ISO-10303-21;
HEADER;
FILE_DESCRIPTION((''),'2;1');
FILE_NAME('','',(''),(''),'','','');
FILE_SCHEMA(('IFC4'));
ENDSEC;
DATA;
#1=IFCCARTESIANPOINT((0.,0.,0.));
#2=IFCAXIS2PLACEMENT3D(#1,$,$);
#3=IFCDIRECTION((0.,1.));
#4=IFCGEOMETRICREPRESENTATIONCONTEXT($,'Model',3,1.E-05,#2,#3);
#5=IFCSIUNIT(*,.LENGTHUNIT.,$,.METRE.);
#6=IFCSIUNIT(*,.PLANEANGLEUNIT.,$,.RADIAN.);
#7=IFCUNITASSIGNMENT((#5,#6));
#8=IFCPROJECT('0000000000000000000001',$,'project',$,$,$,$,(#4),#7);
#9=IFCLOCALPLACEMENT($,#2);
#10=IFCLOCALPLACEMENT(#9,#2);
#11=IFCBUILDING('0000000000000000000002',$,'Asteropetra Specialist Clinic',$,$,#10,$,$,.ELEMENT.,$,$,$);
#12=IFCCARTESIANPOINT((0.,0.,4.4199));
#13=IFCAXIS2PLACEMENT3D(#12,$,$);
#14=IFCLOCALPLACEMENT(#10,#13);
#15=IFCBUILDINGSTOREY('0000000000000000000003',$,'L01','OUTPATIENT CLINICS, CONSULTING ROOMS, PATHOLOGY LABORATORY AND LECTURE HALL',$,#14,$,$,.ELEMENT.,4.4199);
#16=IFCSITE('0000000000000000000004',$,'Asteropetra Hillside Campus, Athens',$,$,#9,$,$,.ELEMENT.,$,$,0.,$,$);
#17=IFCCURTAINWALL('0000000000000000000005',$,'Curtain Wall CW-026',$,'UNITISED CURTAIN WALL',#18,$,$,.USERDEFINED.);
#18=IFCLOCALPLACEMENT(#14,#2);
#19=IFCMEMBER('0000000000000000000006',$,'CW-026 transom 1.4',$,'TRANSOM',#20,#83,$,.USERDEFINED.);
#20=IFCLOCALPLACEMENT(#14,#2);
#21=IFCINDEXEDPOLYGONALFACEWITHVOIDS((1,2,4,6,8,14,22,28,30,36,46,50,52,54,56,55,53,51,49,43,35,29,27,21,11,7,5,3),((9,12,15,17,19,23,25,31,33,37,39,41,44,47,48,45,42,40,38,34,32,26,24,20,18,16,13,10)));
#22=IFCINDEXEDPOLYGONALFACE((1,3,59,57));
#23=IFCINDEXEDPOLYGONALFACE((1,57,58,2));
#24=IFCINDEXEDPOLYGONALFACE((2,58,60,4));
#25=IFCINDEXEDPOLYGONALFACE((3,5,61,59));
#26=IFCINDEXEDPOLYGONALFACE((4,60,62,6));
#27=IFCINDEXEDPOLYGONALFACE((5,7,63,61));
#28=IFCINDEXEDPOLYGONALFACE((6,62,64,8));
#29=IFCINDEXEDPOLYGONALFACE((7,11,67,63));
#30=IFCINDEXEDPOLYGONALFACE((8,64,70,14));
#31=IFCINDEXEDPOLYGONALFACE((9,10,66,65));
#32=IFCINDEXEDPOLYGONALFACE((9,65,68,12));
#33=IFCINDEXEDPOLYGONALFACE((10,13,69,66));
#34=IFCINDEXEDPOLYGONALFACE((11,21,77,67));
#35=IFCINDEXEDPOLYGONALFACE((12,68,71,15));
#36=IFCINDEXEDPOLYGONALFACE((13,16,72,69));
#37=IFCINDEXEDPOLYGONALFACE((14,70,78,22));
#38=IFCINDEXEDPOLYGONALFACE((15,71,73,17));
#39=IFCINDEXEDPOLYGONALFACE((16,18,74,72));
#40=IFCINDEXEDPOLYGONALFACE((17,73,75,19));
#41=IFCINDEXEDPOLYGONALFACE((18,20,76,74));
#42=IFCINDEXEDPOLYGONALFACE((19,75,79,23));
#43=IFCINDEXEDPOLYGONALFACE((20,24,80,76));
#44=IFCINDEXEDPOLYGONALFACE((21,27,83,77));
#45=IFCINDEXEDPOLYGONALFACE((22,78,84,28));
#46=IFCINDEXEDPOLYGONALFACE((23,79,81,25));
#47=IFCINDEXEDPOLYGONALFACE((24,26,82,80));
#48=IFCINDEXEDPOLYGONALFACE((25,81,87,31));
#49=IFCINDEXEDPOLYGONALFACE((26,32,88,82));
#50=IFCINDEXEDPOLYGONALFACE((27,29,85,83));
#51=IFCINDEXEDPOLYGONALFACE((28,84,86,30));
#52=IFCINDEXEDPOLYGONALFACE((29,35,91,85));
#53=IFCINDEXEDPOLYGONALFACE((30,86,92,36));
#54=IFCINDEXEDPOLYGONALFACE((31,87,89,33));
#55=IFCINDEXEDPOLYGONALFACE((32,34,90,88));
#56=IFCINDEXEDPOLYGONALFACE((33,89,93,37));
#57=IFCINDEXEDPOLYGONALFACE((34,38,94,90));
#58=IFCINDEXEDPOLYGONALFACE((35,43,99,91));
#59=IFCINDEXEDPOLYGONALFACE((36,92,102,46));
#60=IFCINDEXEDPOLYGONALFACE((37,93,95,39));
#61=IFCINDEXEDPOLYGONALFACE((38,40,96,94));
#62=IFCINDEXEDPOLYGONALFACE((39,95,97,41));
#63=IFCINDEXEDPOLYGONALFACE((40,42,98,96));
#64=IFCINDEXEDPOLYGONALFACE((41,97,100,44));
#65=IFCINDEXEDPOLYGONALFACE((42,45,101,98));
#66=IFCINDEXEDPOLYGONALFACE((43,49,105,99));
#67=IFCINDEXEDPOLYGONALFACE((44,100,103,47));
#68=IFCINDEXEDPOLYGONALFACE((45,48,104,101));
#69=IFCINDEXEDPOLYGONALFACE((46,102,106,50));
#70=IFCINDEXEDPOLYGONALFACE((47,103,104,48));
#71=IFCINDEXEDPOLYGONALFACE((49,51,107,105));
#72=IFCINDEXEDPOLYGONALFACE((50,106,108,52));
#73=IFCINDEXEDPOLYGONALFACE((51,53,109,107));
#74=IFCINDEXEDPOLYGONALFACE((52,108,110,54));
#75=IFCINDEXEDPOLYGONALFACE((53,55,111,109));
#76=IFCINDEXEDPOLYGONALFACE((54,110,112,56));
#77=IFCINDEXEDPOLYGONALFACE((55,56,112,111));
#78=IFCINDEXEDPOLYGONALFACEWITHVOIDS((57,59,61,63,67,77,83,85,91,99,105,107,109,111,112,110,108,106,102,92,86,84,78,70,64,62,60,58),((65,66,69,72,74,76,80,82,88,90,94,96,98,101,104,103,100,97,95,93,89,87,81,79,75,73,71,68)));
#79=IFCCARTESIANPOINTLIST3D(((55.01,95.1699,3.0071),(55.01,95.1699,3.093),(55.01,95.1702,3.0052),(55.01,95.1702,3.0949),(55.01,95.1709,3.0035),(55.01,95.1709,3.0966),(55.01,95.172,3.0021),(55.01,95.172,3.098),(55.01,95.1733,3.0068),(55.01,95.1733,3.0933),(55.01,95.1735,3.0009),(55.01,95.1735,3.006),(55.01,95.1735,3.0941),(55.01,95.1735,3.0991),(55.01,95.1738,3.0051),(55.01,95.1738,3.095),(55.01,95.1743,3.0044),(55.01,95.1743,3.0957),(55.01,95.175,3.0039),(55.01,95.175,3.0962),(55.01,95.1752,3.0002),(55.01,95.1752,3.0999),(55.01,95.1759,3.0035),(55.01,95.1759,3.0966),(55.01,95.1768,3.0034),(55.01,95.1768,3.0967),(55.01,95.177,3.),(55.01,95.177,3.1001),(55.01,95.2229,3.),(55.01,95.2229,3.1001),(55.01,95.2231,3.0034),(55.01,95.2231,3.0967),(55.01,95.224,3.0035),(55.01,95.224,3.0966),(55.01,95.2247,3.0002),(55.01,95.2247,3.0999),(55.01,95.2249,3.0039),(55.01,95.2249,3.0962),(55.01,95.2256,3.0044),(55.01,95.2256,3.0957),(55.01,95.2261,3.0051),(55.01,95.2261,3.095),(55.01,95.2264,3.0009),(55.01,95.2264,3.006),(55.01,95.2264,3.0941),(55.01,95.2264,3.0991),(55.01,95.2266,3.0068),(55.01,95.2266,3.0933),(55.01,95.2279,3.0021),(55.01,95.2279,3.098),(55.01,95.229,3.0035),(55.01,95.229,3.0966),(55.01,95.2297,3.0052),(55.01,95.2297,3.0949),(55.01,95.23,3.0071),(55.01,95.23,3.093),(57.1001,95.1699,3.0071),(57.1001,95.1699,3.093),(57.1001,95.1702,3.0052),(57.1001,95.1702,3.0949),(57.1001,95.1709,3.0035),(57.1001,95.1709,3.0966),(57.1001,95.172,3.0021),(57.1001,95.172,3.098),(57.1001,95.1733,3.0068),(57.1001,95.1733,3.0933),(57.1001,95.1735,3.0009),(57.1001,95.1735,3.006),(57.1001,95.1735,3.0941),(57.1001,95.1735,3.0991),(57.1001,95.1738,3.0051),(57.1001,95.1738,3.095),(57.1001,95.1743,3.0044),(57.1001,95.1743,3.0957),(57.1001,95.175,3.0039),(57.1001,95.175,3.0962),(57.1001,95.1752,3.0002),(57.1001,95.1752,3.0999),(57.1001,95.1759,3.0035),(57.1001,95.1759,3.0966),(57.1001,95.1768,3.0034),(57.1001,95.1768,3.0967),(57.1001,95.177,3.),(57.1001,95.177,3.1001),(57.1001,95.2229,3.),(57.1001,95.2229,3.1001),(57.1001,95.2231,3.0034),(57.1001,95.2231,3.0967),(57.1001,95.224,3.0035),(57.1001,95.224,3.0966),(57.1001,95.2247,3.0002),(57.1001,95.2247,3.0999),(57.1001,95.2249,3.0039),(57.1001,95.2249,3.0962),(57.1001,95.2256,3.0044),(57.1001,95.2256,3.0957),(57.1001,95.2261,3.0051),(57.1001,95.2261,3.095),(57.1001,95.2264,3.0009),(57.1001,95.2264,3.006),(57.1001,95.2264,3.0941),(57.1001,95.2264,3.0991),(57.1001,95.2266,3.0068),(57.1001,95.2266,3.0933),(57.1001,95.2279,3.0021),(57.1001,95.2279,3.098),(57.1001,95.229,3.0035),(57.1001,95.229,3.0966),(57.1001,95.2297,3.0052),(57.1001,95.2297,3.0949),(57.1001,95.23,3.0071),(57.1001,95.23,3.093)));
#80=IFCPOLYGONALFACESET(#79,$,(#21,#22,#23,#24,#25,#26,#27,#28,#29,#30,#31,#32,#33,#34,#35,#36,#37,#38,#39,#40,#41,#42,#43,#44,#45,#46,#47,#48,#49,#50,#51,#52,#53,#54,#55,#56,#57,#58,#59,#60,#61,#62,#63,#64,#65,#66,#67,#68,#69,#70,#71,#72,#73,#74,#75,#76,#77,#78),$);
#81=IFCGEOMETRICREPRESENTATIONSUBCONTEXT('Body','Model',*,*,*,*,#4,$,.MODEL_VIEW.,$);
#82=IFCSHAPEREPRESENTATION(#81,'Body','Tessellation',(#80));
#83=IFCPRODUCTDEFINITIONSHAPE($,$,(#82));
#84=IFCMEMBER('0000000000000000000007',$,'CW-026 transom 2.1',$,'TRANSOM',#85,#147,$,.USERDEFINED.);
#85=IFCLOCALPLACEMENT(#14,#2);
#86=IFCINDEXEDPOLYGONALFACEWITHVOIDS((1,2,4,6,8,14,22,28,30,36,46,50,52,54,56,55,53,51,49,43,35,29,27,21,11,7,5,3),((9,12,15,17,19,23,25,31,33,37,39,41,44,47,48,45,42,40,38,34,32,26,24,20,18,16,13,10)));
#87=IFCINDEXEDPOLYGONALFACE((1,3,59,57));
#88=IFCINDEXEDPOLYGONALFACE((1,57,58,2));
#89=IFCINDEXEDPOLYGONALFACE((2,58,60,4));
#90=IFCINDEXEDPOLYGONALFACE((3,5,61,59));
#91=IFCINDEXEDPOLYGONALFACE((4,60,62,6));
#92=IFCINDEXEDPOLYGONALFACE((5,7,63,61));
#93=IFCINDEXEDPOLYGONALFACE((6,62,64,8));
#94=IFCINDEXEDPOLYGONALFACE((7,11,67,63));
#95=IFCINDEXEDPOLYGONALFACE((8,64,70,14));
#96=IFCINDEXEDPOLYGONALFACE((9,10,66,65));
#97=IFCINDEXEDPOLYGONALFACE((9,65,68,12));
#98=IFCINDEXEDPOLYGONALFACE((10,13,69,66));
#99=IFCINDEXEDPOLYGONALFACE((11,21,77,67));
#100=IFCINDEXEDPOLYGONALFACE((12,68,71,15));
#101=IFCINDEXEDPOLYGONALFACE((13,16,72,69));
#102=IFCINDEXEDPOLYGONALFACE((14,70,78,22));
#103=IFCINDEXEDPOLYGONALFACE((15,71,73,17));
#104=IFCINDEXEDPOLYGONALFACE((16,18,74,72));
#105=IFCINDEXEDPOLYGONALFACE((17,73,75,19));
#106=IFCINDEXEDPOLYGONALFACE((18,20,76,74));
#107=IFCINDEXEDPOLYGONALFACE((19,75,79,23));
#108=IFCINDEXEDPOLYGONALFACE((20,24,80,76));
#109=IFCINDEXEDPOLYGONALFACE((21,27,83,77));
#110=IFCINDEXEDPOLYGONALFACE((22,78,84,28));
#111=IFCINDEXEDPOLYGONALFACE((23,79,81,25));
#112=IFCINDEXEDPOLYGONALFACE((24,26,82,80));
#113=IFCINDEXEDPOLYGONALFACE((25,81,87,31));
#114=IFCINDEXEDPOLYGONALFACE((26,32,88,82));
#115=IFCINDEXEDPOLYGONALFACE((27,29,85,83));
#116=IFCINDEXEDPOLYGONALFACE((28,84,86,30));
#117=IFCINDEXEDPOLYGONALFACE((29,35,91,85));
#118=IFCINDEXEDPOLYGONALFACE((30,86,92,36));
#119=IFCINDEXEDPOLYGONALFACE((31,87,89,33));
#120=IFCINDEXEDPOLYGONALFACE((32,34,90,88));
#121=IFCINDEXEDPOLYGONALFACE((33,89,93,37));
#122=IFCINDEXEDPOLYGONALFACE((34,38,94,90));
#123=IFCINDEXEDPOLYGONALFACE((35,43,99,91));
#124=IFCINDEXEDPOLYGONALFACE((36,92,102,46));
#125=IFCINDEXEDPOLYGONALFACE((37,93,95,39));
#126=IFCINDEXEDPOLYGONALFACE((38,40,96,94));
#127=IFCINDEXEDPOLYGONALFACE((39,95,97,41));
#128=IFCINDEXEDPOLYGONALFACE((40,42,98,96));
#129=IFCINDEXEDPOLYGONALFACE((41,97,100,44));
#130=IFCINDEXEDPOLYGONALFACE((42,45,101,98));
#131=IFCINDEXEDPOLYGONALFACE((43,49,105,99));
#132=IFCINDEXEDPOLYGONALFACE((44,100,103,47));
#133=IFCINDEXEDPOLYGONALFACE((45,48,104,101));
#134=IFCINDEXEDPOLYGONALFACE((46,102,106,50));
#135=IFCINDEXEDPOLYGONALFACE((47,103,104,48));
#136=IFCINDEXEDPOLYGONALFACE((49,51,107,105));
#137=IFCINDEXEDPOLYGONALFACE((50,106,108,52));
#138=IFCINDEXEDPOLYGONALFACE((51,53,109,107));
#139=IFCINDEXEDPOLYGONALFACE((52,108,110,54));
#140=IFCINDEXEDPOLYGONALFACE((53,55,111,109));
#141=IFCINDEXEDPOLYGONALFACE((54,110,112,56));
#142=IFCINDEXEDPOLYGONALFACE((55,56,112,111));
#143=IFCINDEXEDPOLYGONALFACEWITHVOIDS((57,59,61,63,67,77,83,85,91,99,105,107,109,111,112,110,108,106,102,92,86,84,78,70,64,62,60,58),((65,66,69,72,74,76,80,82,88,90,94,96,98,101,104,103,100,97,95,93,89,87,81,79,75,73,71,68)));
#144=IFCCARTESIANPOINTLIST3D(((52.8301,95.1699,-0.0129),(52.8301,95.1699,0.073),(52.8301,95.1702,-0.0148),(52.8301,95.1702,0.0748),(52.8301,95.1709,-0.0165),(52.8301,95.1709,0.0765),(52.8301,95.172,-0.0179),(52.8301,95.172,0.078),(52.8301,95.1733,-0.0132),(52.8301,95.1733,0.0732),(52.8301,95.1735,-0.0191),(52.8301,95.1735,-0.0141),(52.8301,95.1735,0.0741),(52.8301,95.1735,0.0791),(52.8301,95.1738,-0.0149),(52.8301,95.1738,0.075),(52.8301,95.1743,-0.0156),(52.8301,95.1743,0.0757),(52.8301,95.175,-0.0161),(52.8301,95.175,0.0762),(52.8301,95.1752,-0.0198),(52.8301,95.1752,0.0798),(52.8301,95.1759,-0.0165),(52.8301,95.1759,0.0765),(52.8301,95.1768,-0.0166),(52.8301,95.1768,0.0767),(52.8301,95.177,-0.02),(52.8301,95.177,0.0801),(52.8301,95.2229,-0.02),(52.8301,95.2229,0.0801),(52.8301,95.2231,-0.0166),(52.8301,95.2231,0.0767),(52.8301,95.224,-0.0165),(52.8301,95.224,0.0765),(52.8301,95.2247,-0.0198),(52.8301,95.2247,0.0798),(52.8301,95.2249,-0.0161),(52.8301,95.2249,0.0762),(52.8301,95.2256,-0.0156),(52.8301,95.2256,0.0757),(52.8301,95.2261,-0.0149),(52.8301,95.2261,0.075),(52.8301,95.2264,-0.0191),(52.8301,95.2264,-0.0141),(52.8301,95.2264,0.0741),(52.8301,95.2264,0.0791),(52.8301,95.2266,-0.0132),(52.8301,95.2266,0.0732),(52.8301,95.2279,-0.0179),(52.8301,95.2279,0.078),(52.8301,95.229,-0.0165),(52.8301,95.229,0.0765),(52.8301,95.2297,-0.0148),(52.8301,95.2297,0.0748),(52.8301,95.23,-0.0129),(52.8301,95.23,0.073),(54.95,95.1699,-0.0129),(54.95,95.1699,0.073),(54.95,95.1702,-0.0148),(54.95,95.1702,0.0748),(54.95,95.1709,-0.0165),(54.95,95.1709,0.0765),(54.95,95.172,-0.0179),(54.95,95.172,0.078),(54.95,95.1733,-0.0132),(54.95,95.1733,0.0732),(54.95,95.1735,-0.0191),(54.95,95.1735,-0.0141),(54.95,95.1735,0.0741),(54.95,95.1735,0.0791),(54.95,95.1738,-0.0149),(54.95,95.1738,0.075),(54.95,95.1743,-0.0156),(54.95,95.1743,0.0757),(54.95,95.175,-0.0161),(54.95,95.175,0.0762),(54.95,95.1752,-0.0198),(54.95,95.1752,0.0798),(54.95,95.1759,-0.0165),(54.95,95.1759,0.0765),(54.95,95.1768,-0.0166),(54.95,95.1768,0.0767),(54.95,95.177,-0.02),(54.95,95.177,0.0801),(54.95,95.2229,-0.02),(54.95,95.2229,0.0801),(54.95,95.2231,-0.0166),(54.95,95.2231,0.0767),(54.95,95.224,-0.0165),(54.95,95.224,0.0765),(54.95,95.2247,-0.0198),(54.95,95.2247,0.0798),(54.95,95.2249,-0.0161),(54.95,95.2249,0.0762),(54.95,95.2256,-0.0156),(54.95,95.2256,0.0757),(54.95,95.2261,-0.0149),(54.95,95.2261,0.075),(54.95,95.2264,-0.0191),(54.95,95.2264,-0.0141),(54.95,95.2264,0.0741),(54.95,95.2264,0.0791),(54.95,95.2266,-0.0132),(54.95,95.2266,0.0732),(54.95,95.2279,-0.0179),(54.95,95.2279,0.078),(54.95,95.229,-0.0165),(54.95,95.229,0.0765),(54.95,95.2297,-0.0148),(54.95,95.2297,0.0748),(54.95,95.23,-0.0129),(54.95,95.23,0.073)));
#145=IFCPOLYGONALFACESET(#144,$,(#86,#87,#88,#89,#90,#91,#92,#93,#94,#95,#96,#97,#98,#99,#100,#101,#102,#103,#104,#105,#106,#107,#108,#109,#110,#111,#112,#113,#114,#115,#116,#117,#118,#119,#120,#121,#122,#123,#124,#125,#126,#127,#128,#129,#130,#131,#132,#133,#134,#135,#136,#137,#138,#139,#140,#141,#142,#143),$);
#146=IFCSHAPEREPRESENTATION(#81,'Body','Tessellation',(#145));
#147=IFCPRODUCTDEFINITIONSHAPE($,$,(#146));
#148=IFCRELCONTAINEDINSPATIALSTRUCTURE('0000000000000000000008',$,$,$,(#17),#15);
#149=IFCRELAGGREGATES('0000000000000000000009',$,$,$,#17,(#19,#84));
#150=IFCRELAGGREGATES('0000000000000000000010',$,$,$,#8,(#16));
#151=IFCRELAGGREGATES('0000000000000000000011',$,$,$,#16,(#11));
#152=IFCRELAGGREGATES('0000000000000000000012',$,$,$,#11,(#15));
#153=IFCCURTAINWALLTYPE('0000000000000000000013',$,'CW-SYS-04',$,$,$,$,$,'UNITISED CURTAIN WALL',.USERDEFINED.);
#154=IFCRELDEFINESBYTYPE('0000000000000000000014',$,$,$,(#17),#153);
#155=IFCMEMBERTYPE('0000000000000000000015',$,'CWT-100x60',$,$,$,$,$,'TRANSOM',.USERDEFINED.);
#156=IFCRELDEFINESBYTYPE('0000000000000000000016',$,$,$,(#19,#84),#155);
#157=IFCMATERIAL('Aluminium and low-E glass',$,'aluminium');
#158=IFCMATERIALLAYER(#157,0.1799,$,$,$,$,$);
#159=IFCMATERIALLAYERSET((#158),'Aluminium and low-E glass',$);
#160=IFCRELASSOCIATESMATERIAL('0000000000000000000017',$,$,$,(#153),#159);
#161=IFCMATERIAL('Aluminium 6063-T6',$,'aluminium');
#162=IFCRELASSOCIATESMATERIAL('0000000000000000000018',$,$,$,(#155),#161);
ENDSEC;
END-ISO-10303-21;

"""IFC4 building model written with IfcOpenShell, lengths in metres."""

from ifc_helpers import new_model, si_unit, direction, frame, origin, origin_2d, place, context, subcontext, project, spatial, hollow_rectangle, extrude, material, layer, layer_set, material_profile, profile_set, type_object, element, aggregate, save


model = new_model("IFC4")

# Units and contexts
model_context = context("Model", 3, precision=1e-05, world=origin(), true_north=direction((0.0, 1.0)))
body_context = subcontext(model_context, "Body", "Model", "MODEL_VIEW")
ifc_project = project(units=[si_unit("LENGTHUNIT", "METRE"), si_unit("PLANEANGLEUNIT", "RADIAN")], contexts=[model_context])

# Site, building, storey
site_placement = place(None, origin())
site = spatial("IfcSite", under=ifc_project, at=site_placement, Name="Asteropetra Hillside Campus, Athens", CompositionType="ELEMENT", RefElevation=0.0)
building_placement = place(site_placement, origin())
building = spatial("IfcBuilding", under=site, at=building_placement, Name="Asteropetra Specialist Clinic", CompositionType="ELEMENT")
storey_placement = place(building_placement, frame((0.0, 0.0, 4.4199)))
storey = spatial("IfcBuildingStorey", under=building, at=storey_placement, Name="L01", Description="OUTPATIENT CLINICS, CONSULTING ROOMS, PATHOLOGY LABORATORY AND LECTURE HALL", CompositionType="ELEMENT", Elevation=4.4199)

# Curtain wall
ifc_material_1 = material(Name="Aluminium and low-E glass", Category="aluminium")
ifc_layer_1 = layer(ifc_material_1, 0.1799)
ifc_layer_set_1 = layer_set([ifc_layer_1], Name="Aluminium and low-E glass")
curtain_wall_type_1 = type_object("IfcCurtainWallType", Name="CW-SYS-04", ElementType="UNITISED CURTAIN WALL", PredefinedType="USERDEFINED", material=ifc_layer_set_1)
curtain_wall_1_placement = place(storey_placement, origin())
curtain_wall_1 = element("IfcCurtainWall", 1, at=curtain_wall_1_placement, inside=storey, type_object=curtain_wall_type_1, Name="Curtain Wall CW-026", ObjectType="UNITISED CURTAIN WALL", PredefinedType="USERDEFINED")

# Members
ifc_material_2 = material(Name="Aluminium 6063-T6", Category="aluminium")
ifc_material_profile_1 = material_profile(ifc_material_2, hollow_rectangle(XDim=0.0601, YDim=0.1001, WallThickness=0.0034, InnerFilletRadius=0.0034, OuterFilletRadius=0.0071, at=origin_2d()), Name="TRN 100x60x3.5")
ifc_profile_set_1 = profile_set([ifc_material_profile_1], Name="Aluminium 6063-T6")
member_type_1 = type_object("IfcMemberType", Name="CWT-100x60", ElementType="TRANSOM", PredefinedType="USERDEFINED", material=ifc_profile_set_1)
member_1_placement = place(storey_placement, frame((57.1001, 95.2, 3.05), z_axis=(-1.0, 0.0, 0.0), x_axis=(0.0, -1.0, 0.0)))
member_1 = element("IfcMember", 2, at=member_1_placement, type_object=member_type_1, Name="CW-026 transom 1.4", ObjectType="TRANSOM", PredefinedType="USERDEFINED", context=body_context, shape_type="SweptSolid", body=[
    extrude(hollow_rectangle(XDim=0.0601, YDim=0.1001, WallThickness=0.0034, InnerFilletRadius=0.0034, OuterFilletRadius=0.0071, at=origin_2d()), origin(), (0.0, 0.0, 1.0), 2.0901),
])
member_2_placement = place(storey_placement, frame((54.95, 95.2, 0.03), z_axis=(-1.0, 0.0, 0.0), x_axis=(0.0, -1.0, 0.0)))
member_2 = element("IfcMember", 3, at=member_2_placement, type_object=member_type_1, Name="CW-026 transom 2.1", ObjectType="TRANSOM", PredefinedType="USERDEFINED", context=body_context, shape_type="SweptSolid", body=[
    extrude(hollow_rectangle(XDim=0.0601, YDim=0.1001, WallThickness=0.0034, InnerFilletRadius=0.0034, OuterFilletRadius=0.0071, at=origin_2d()), origin(), (0.0, 0.0, 1.0), 2.1199),
])

aggregate(curtain_wall_1, [member_1, member_2])

save(model, "model.ifc")
